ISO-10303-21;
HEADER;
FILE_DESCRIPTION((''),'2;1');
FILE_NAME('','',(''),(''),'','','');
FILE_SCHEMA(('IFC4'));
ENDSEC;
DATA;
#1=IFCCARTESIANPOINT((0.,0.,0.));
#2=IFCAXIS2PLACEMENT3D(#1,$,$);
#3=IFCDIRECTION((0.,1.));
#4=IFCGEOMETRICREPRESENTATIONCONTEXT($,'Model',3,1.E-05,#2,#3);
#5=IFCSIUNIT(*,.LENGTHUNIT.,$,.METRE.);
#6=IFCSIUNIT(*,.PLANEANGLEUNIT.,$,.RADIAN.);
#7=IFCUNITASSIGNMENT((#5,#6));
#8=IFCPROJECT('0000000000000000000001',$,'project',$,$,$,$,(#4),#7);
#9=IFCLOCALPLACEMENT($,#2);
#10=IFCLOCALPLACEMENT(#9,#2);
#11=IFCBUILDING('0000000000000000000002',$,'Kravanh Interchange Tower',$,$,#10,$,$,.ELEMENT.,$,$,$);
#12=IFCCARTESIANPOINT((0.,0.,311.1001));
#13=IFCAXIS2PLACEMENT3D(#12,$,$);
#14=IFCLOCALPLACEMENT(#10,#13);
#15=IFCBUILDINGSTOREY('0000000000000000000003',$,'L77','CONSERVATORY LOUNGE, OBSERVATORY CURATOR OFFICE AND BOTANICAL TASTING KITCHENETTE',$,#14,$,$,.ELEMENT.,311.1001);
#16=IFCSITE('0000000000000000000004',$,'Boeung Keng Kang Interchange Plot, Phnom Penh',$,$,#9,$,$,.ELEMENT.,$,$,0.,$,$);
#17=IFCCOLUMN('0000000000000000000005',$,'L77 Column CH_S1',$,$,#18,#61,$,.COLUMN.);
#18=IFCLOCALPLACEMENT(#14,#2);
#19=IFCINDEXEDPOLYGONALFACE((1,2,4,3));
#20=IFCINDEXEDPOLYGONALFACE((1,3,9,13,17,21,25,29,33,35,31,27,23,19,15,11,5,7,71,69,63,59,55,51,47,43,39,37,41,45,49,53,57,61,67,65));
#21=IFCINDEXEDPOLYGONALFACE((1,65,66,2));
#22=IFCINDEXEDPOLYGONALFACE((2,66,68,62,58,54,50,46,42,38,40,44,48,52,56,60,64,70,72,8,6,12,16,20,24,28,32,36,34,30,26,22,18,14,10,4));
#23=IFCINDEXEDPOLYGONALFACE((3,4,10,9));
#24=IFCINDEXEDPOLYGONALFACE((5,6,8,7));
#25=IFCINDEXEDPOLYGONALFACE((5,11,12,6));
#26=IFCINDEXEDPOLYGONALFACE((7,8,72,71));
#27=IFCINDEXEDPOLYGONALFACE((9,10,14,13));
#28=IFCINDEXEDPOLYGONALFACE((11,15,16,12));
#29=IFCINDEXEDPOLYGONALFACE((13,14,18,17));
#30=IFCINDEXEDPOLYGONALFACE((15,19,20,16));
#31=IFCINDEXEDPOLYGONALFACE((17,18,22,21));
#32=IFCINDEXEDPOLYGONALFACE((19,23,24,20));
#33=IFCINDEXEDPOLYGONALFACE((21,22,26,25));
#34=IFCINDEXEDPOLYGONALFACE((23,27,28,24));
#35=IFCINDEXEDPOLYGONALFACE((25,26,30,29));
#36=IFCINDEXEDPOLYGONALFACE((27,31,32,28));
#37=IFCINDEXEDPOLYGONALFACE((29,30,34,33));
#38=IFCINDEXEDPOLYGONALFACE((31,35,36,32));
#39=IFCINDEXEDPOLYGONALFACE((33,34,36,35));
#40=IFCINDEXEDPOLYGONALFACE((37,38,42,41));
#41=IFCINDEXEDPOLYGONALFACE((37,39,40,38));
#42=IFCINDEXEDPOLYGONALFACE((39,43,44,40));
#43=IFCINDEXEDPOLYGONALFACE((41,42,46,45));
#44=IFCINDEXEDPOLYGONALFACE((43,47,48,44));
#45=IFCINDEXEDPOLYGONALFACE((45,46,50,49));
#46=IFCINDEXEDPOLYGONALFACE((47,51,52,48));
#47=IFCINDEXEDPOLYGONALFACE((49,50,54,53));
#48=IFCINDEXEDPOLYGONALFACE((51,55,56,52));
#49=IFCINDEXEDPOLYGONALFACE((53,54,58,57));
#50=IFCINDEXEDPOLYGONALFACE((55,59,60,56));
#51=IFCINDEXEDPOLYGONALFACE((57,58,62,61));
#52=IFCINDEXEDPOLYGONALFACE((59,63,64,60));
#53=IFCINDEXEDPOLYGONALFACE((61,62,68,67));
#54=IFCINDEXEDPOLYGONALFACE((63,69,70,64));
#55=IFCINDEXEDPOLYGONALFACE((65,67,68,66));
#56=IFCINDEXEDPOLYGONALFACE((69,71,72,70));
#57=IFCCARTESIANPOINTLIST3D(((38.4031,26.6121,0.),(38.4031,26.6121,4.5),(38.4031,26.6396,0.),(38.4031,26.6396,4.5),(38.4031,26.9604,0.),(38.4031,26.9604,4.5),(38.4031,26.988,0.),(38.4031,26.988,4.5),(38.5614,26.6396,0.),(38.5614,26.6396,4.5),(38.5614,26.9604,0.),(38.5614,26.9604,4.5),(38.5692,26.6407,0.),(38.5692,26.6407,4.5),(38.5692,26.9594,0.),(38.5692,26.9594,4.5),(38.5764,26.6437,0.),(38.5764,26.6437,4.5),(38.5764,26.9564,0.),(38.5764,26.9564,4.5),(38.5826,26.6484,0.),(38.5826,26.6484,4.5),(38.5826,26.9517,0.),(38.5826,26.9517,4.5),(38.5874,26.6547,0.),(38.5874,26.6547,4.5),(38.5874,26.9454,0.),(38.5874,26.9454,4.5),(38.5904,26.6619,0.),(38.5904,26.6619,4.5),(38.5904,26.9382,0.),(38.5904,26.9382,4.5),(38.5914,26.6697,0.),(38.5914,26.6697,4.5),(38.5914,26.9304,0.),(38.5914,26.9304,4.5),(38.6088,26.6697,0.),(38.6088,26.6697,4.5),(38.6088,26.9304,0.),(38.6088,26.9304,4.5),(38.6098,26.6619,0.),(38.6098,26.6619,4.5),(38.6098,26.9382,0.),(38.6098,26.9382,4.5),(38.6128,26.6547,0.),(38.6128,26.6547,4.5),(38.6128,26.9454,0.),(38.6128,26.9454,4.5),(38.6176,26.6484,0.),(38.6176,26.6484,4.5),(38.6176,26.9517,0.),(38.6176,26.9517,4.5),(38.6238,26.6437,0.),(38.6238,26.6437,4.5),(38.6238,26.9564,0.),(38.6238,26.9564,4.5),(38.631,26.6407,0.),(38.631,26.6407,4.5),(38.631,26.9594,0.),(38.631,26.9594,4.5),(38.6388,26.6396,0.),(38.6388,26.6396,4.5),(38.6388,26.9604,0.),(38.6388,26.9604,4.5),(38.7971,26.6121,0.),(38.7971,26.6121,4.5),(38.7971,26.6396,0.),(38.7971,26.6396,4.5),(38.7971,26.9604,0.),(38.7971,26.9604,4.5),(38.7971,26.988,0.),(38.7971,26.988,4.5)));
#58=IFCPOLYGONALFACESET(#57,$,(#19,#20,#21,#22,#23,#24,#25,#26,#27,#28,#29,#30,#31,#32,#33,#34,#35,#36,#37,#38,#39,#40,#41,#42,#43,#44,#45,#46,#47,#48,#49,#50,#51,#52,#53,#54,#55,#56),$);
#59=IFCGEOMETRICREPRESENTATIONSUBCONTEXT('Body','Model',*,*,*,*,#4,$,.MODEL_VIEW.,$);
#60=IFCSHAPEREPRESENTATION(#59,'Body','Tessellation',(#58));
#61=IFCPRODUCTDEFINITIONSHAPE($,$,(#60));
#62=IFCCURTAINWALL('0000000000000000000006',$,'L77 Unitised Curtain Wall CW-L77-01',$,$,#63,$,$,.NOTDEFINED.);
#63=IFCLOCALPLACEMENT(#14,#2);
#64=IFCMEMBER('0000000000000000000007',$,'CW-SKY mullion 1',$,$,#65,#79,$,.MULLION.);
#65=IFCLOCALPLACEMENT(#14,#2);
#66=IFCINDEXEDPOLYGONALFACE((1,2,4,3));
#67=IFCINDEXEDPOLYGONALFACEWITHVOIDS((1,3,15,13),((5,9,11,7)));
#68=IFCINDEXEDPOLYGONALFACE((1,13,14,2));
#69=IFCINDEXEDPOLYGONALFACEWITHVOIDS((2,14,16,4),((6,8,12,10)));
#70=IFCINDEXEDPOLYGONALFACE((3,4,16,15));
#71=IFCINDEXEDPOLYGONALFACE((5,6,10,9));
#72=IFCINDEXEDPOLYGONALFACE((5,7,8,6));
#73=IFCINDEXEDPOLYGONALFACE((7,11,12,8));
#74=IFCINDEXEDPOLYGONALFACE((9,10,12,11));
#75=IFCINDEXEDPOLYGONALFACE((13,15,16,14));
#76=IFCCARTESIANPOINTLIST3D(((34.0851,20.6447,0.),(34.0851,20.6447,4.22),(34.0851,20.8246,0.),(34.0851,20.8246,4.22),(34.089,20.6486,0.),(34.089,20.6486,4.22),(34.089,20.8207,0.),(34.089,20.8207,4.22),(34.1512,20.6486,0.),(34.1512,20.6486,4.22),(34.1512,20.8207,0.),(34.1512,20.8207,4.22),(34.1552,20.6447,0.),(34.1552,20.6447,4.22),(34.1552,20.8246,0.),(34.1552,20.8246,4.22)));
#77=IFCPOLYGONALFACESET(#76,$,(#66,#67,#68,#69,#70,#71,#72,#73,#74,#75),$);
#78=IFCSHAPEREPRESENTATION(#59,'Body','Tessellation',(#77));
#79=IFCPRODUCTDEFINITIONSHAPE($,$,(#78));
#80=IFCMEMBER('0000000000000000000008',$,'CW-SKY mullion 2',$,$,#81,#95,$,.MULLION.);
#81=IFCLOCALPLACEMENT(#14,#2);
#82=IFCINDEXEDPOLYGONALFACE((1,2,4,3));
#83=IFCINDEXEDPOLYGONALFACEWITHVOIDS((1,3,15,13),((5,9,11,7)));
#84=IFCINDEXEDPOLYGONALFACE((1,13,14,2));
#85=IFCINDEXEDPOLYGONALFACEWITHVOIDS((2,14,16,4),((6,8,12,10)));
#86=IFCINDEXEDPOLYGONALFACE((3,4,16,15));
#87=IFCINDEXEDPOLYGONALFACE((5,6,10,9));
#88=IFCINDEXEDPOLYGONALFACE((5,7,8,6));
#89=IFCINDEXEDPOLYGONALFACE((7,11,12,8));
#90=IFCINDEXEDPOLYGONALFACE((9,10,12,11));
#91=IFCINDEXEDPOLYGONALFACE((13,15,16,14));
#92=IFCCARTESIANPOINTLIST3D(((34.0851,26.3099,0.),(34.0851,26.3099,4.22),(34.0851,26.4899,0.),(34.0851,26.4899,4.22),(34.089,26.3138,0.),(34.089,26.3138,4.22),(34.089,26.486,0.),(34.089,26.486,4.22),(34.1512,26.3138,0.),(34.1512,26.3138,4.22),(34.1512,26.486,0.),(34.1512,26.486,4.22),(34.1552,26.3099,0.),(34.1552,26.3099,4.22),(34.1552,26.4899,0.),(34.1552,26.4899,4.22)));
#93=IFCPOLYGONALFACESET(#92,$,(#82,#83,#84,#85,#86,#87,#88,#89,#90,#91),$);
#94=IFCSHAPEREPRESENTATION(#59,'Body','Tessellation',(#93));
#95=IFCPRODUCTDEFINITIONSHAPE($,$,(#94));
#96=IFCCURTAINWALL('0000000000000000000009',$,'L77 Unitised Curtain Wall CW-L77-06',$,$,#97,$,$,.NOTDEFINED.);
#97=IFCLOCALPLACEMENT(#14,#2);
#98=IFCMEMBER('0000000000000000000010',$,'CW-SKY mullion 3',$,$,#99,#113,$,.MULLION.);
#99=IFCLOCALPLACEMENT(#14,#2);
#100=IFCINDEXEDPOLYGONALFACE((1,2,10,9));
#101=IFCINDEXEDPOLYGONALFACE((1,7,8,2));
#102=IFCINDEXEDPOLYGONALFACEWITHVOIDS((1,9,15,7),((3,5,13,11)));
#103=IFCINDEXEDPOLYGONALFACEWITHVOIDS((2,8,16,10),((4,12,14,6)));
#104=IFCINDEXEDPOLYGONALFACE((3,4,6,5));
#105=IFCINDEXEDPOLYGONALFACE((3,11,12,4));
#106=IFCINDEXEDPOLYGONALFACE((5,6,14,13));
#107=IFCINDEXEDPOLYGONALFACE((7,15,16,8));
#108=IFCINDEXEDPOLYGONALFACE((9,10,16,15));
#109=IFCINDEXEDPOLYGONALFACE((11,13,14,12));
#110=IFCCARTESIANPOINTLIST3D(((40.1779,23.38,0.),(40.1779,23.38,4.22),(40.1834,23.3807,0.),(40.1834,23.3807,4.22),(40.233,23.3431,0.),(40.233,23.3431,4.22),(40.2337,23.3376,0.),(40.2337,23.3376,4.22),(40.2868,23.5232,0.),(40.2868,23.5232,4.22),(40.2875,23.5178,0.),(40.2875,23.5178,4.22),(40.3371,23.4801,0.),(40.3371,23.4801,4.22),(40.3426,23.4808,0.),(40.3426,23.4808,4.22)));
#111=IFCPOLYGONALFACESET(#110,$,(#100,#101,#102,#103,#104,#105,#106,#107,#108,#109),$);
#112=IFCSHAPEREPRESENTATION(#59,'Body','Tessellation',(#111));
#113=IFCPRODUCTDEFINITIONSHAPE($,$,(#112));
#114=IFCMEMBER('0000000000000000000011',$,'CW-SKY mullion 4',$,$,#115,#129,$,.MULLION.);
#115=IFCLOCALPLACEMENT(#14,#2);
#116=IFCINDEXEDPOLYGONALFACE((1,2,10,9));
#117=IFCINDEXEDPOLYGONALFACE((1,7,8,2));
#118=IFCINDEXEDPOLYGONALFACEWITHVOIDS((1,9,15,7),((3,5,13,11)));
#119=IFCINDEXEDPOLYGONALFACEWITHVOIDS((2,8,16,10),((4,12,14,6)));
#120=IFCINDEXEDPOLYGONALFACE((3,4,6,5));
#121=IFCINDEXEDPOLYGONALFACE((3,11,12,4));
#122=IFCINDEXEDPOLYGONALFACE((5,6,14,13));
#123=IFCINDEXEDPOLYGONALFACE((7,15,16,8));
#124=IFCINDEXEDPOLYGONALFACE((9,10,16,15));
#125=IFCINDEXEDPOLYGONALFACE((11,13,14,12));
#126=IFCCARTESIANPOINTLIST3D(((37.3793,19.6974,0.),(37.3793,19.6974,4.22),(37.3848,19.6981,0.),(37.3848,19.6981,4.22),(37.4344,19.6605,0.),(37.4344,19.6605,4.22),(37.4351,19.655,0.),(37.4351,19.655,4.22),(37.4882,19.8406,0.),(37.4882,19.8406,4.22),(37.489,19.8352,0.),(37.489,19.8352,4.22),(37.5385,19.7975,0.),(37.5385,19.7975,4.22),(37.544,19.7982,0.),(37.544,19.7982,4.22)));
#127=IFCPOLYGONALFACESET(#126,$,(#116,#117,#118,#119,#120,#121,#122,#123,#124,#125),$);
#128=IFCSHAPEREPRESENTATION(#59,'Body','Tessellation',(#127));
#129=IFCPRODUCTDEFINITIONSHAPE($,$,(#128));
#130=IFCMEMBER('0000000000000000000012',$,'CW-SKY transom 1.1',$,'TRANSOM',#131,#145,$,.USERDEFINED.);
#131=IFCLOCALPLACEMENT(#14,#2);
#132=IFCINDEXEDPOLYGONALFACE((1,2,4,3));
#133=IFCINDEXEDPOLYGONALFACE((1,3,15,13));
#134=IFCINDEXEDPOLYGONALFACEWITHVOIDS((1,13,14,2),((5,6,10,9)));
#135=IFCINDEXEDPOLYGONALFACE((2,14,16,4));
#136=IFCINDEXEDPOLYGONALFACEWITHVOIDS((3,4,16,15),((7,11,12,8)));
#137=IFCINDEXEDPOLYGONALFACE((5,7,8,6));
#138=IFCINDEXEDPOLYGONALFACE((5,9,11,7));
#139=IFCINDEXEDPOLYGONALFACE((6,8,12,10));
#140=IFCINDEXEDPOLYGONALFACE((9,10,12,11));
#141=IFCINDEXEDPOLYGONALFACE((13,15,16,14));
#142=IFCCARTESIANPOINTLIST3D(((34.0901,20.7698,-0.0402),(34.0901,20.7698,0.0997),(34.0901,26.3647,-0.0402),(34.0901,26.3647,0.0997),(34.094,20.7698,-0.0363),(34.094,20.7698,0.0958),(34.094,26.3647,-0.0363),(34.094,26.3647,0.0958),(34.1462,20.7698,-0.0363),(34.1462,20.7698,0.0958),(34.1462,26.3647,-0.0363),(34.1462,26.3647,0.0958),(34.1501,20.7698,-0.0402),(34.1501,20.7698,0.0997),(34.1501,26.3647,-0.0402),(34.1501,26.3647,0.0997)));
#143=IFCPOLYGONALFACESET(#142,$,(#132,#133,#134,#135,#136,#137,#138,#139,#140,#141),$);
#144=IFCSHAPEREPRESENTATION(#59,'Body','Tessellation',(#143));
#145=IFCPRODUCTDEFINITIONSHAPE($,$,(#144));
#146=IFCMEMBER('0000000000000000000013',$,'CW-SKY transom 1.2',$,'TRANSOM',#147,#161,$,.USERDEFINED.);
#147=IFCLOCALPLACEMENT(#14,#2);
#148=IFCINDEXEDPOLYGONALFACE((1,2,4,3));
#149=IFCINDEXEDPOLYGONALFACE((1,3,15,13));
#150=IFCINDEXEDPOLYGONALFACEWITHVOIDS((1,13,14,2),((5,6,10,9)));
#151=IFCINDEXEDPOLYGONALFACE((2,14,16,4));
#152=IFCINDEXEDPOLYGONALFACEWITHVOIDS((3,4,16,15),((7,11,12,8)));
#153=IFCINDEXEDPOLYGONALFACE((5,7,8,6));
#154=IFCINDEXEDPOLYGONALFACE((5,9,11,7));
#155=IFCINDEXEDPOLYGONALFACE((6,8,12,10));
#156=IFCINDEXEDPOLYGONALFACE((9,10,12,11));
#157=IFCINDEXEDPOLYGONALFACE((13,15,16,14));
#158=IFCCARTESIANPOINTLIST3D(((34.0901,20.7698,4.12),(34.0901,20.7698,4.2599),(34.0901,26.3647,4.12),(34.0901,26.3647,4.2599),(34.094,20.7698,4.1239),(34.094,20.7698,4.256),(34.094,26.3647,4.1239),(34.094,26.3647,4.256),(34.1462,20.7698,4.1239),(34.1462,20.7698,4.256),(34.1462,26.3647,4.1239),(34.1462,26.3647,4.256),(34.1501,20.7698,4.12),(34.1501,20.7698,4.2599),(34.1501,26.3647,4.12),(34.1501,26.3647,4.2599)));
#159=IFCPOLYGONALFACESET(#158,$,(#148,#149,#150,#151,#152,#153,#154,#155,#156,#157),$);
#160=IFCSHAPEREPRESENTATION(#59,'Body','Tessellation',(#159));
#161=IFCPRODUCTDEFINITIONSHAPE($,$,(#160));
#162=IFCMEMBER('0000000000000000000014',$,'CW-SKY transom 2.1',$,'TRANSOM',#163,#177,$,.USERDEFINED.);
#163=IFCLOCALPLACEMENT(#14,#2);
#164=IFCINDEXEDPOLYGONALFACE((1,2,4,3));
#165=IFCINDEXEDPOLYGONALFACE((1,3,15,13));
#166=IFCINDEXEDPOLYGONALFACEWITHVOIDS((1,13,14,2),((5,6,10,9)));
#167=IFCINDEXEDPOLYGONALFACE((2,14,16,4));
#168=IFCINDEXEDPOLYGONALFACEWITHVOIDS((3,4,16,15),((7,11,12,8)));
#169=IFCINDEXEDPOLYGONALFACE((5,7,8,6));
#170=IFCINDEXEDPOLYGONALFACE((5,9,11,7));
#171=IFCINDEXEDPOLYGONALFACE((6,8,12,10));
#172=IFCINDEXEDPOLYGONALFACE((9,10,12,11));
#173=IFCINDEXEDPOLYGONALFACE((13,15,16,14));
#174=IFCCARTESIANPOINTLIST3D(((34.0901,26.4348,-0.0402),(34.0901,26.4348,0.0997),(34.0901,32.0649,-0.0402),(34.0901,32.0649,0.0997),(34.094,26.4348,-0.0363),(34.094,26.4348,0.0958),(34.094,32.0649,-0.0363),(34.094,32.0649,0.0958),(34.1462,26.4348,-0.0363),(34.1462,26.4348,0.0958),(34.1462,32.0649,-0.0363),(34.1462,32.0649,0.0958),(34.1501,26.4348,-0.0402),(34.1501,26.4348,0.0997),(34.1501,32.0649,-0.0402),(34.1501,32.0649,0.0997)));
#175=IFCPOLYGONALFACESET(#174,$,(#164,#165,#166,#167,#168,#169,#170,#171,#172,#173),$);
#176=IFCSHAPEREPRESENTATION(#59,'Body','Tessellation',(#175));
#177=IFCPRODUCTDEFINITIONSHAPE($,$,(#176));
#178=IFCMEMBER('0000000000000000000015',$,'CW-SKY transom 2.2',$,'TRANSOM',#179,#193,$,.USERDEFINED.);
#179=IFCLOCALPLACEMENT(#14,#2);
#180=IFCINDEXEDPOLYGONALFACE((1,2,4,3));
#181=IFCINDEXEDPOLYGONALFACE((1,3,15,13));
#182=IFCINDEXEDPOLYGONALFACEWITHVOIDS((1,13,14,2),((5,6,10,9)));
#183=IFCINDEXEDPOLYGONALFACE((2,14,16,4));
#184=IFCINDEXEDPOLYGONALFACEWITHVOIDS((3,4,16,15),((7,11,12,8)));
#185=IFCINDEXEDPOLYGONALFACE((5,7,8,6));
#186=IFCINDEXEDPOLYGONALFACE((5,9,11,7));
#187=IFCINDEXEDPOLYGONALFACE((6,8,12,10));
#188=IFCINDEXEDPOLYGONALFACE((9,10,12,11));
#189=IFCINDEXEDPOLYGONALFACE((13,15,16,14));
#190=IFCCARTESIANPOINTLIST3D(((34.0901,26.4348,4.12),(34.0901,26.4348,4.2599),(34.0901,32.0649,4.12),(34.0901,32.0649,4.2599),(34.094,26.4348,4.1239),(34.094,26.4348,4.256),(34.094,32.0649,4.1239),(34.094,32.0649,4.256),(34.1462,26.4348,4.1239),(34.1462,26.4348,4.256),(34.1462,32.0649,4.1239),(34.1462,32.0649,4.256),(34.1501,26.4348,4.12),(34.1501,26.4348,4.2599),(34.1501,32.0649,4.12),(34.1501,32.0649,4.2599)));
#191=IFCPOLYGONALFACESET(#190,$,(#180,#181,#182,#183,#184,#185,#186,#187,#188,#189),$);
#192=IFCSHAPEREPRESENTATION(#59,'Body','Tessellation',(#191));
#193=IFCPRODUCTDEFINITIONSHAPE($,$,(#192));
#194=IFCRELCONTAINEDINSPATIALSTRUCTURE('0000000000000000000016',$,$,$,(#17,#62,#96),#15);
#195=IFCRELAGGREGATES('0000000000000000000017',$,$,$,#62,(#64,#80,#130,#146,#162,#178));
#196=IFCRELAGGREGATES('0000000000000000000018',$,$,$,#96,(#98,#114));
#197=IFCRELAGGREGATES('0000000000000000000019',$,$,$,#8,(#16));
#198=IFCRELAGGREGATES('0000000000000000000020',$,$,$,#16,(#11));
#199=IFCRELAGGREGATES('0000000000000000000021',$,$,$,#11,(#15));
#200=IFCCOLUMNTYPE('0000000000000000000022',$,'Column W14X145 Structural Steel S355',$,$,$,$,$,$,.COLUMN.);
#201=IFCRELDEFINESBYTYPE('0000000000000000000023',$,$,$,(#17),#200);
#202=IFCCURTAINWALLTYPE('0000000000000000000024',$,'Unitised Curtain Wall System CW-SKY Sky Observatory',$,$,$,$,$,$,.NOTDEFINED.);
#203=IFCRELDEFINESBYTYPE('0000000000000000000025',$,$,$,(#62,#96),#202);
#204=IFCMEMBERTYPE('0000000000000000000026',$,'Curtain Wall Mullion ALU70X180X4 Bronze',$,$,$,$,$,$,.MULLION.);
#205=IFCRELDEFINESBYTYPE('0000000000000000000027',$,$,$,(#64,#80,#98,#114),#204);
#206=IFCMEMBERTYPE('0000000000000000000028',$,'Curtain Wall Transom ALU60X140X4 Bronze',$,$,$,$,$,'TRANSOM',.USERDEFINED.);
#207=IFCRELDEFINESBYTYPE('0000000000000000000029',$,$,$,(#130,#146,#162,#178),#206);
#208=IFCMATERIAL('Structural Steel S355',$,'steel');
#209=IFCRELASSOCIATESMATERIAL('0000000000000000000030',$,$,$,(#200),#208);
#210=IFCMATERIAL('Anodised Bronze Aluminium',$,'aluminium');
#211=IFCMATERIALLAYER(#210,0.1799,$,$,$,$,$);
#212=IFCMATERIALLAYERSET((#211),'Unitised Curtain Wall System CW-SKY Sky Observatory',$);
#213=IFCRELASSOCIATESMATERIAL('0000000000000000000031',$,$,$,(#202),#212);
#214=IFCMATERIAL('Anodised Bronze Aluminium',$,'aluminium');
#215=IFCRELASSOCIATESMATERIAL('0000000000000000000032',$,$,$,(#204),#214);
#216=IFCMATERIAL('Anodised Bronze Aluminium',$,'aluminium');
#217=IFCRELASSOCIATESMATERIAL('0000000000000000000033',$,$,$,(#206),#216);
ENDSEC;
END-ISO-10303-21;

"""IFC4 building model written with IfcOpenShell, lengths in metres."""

from ifc_helpers import new_model, si_unit, direction, frame, origin, origin_2d, place, context, subcontext, project, spatial, hollow_rectangle, i_section, extrude, material, layer, layer_set, material_profile, profile_set, type_object, element, aggregate, save


model = new_model("IFC4")

# Units and contexts
model_context = context("Model", 3, precision=1e-05, world=origin(), true_north=direction((0.0, 1.0)))
body_context = subcontext(model_context, "Body", "Model", "MODEL_VIEW")
ifc_project = project(units=[si_unit("LENGTHUNIT", "METRE"), si_unit("PLANEANGLEUNIT", "RADIAN")], contexts=[model_context])

# Site, building, storey
site_placement = place(None, origin())
site = spatial("IfcSite", under=ifc_project, at=site_placement, Name="Boeung Keng Kang Interchange Plot, Phnom Penh", CompositionType="ELEMENT", RefElevation=0.0)
building_placement = place(site_placement, origin())
building = spatial("IfcBuilding", under=site, at=building_placement, Name="Kravanh Interchange Tower", CompositionType="ELEMENT")
storey_placement = place(building_placement, frame((0.0, 0.0, 311.1001)))
storey = spatial("IfcBuildingStorey", under=building, at=storey_placement, Name="L77", Description="CONSERVATORY LOUNGE, OBSERVATORY CURATOR OFFICE AND BOTANICAL TASTING KITCHENETTE", CompositionType="ELEMENT", Elevation=311.1001)

# Column
ifc_material_1 = material(Name="Structural Steel S355", Category="steel")
ifc_material_profile_1 = material_profile(ifc_material_1, i_section(OverallWidth=0.394, OverallDepth=0.376, WebThickness=0.0173, FlangeThickness=0.0276, FilletRadius=0.03, at=origin_2d()), Name="W14X145")
ifc_profile_set_1 = profile_set([ifc_material_profile_1], Name="Structural Steel S355")
column_type = type_object("IfcColumnType", Name="Column W14X145 Structural Steel S355", PredefinedType="COLUMN", material=ifc_profile_set_1)
column_placement = place(storey_placement, frame((38.6001, 26.8, 0.0), z_axis=(0.0, 0.0, 1.0), x_axis=(1.0, 0.0, 0.0)))
element("IfcColumn", 1, at=column_placement, inside=storey, type_object=column_type, Name="L77 Column CH_S1", PredefinedType="COLUMN", context=body_context, shape_type="SweptSolid", body=[
    extrude(i_section(OverallWidth=0.394, OverallDepth=0.376, WebThickness=0.0173, FlangeThickness=0.0276, FilletRadius=0.03, at=origin_2d()), origin(), (0.0, 0.0, 1.0), 4.5),
])

# Curtain walls, members
ifc_material_2 = material(Name="Anodised Bronze Aluminium", Category="aluminium")
ifc_layer_1 = layer(ifc_material_2, 0.1799)
ifc_layer_set_1 = layer_set([ifc_layer_1], Name="Unitised Curtain Wall System CW-SKY Sky Observatory")
curtain_wall_type = type_object("IfcCurtainWallType", Name="Unitised Curtain Wall System CW-SKY Sky Observatory", PredefinedType="NOTDEFINED", material=ifc_layer_set_1)
curtain_wall_1_placement = place(storey_placement, origin())
curtain_wall_1 = element("IfcCurtainWall", 2, at=curtain_wall_1_placement, inside=storey, type_object=curtain_wall_type, Name="L77 Unitised Curtain Wall CW-L77-01", PredefinedType="NOTDEFINED")
ifc_material_3 = material(Name="Anodised Bronze Aluminium", Category="aluminium")
ifc_material_profile_2 = material_profile(ifc_material_3, hollow_rectangle(XDim=0.0701, YDim=0.1799, WallThickness=0.0039, at=origin_2d()), Name="ALU70X180X4")
ifc_profile_set_2 = profile_set([ifc_material_profile_2], Name="Anodised Bronze Aluminium")
member_type_1 = type_object("IfcMemberType", Name="Curtain Wall Mullion ALU70X180X4 Bronze", PredefinedType="MULLION", material=ifc_profile_set_2)
member_1_placement = place(storey_placement, frame((34.1201, 20.7346, 0.0), z_axis=(0.0, 0.0, 1.0), x_axis=(-1.0, 0.0, 0.0)))
member_1 = element("IfcMember", 3, at=member_1_placement, type_object=member_type_1, Name="CW-SKY mullion 1", PredefinedType="MULLION", context=body_context, shape_type="SweptSolid", body=[
    extrude(hollow_rectangle(XDim=0.0701, YDim=0.1799, WallThickness=0.0039, at=origin_2d()), origin(), (0.0, 0.0, 1.0), 4.22),
])
member_2_placement = place(storey_placement, frame((34.1201, 26.3999, 0.0), z_axis=(0.0, 0.0, 1.0), x_axis=(-1.0, 0.0, 0.0)))
member_2 = element("IfcMember", 4, at=member_2_placement, type_object=member_type_1, Name="CW-SKY mullion 2", PredefinedType="MULLION", context=body_context, shape_type="SweptSolid", body=[
    extrude(hollow_rectangle(XDim=0.0701, YDim=0.1799, WallThickness=0.0039, at=origin_2d()), origin(), (0.0, 0.0, 1.0), 4.22),
])
curtain_wall_2_placement = place(storey_placement, origin())
curtain_wall_2 = element("IfcCurtainWall", 5, at=curtain_wall_2_placement, inside=storey, type_object=curtain_wall_type, Name="L77 Unitised Curtain Wall CW-L77-06", PredefinedType="NOTDEFINED")
member_3_placement = place(storey_placement, frame((40.2603, 23.4304, 0.0), z_axis=(0.0, 0.0, 1.0), x_axis=(0.796162, -0.605084, 0.0)))
member_3 = element("IfcMember", 6, at=member_3_placement, type_object=member_type_1, Name="CW-SKY mullion 3", PredefinedType="MULLION", context=body_context, shape_type="SweptSolid", body=[
    extrude(hollow_rectangle(XDim=0.0701, YDim=0.1799, WallThickness=0.0039, at=origin_2d()), origin(), (0.0, 0.0, 1.0), 4.22),
])
member_4_placement = place(storey_placement, frame((37.4617, 19.7478, 0.0), z_axis=(0.0, 0.0, 1.0), x_axis=(0.796162, -0.605084, 0.0)))
member_4 = element("IfcMember", 7, at=member_4_placement, type_object=member_type_1, Name="CW-SKY mullion 4", PredefinedType="MULLION", context=body_context, shape_type="SweptSolid", body=[
    extrude(hollow_rectangle(XDim=0.0701, YDim=0.1799, WallThickness=0.0039, at=origin_2d()), origin(), (0.0, 0.0, 1.0), 4.22),
])

# Members
ifc_material_4 = material(Name="Anodised Bronze Aluminium", Category="aluminium")
ifc_material_profile_3 = material_profile(ifc_material_4, hollow_rectangle(XDim=0.0601, YDim=0.1399, WallThickness=0.0039, at=origin_2d()), Name="ALU60X140X4")
ifc_profile_set_3 = profile_set([ifc_material_profile_3], Name="Anodised Bronze Aluminium")
member_type_2 = type_object("IfcMemberType", Name="Curtain Wall Transom ALU60X140X4 Bronze", ElementType="TRANSOM", PredefinedType="USERDEFINED", material=ifc_profile_set_3)
member_5_placement = place(storey_placement, frame((34.1201, 20.7698, 0.0298), z_axis=(0.0, 1.0, 0.0), x_axis=(-1.0, 0.0, 0.0)))
member_5 = element("IfcMember", 8, at=member_5_placement, type_object=member_type_2, Name="CW-SKY transom 1.1", ObjectType="TRANSOM", PredefinedType="USERDEFINED", context=body_context, shape_type="SweptSolid", body=[
    extrude(hollow_rectangle(XDim=0.0601, YDim=0.1399, WallThickness=0.0039, at=origin_2d()), origin(), (0.0, 0.0, 1.0), 5.595),
])
member_6_placement = place(storey_placement, frame((34.1201, 20.7698, 4.1899), z_axis=(0.0, 1.0, 0.0), x_axis=(-1.0, 0.0, 0.0)))
member_6 = element("IfcMember", 9, at=member_6_placement, type_object=member_type_2, Name="CW-SKY transom 1.2", ObjectType="TRANSOM", PredefinedType="USERDEFINED", context=body_context, shape_type="SweptSolid", body=[
    extrude(hollow_rectangle(XDim=0.0601, YDim=0.1399, WallThickness=0.0039, at=origin_2d()), origin(), (0.0, 0.0, 1.0), 5.595),
])
member_7_placement = place(storey_placement, frame((34.1201, 26.4348, 0.0298), z_axis=(0.0, 1.0, 0.0), x_axis=(-1.0, 0.0, 0.0)))
member_7 = element("IfcMember", 10, at=member_7_placement, type_object=member_type_2, Name="CW-SKY transom 2.1", ObjectType="TRANSOM", PredefinedType="USERDEFINED", context=body_context, shape_type="SweptSolid", body=[
    extrude(hollow_rectangle(XDim=0.0601, YDim=0.1399, WallThickness=0.0039, at=origin_2d()), origin(), (0.0, 0.0, 1.0), 5.6301),
])
member_8_placement = place(storey_placement, frame((34.1201, 26.4348, 4.1899), z_axis=(0.0, 1.0, 0.0), x_axis=(-1.0, 0.0, 0.0)))
member_8 = element("IfcMember", 11, at=member_8_placement, type_object=member_type_2, Name="CW-SKY transom 2.2", ObjectType="TRANSOM", PredefinedType="USERDEFINED", context=body_context, shape_type="SweptSolid", body=[
    extrude(hollow_rectangle(XDim=0.0601, YDim=0.1399, WallThickness=0.0039, at=origin_2d()), origin(), (0.0, 0.0, 1.0), 5.6301),
])

aggregate(curtain_wall_1, [member_1, member_2, member_5, member_6, member_7, member_8])
aggregate(curtain_wall_2, [member_3, member_4])

save(model, "model.ifc")
